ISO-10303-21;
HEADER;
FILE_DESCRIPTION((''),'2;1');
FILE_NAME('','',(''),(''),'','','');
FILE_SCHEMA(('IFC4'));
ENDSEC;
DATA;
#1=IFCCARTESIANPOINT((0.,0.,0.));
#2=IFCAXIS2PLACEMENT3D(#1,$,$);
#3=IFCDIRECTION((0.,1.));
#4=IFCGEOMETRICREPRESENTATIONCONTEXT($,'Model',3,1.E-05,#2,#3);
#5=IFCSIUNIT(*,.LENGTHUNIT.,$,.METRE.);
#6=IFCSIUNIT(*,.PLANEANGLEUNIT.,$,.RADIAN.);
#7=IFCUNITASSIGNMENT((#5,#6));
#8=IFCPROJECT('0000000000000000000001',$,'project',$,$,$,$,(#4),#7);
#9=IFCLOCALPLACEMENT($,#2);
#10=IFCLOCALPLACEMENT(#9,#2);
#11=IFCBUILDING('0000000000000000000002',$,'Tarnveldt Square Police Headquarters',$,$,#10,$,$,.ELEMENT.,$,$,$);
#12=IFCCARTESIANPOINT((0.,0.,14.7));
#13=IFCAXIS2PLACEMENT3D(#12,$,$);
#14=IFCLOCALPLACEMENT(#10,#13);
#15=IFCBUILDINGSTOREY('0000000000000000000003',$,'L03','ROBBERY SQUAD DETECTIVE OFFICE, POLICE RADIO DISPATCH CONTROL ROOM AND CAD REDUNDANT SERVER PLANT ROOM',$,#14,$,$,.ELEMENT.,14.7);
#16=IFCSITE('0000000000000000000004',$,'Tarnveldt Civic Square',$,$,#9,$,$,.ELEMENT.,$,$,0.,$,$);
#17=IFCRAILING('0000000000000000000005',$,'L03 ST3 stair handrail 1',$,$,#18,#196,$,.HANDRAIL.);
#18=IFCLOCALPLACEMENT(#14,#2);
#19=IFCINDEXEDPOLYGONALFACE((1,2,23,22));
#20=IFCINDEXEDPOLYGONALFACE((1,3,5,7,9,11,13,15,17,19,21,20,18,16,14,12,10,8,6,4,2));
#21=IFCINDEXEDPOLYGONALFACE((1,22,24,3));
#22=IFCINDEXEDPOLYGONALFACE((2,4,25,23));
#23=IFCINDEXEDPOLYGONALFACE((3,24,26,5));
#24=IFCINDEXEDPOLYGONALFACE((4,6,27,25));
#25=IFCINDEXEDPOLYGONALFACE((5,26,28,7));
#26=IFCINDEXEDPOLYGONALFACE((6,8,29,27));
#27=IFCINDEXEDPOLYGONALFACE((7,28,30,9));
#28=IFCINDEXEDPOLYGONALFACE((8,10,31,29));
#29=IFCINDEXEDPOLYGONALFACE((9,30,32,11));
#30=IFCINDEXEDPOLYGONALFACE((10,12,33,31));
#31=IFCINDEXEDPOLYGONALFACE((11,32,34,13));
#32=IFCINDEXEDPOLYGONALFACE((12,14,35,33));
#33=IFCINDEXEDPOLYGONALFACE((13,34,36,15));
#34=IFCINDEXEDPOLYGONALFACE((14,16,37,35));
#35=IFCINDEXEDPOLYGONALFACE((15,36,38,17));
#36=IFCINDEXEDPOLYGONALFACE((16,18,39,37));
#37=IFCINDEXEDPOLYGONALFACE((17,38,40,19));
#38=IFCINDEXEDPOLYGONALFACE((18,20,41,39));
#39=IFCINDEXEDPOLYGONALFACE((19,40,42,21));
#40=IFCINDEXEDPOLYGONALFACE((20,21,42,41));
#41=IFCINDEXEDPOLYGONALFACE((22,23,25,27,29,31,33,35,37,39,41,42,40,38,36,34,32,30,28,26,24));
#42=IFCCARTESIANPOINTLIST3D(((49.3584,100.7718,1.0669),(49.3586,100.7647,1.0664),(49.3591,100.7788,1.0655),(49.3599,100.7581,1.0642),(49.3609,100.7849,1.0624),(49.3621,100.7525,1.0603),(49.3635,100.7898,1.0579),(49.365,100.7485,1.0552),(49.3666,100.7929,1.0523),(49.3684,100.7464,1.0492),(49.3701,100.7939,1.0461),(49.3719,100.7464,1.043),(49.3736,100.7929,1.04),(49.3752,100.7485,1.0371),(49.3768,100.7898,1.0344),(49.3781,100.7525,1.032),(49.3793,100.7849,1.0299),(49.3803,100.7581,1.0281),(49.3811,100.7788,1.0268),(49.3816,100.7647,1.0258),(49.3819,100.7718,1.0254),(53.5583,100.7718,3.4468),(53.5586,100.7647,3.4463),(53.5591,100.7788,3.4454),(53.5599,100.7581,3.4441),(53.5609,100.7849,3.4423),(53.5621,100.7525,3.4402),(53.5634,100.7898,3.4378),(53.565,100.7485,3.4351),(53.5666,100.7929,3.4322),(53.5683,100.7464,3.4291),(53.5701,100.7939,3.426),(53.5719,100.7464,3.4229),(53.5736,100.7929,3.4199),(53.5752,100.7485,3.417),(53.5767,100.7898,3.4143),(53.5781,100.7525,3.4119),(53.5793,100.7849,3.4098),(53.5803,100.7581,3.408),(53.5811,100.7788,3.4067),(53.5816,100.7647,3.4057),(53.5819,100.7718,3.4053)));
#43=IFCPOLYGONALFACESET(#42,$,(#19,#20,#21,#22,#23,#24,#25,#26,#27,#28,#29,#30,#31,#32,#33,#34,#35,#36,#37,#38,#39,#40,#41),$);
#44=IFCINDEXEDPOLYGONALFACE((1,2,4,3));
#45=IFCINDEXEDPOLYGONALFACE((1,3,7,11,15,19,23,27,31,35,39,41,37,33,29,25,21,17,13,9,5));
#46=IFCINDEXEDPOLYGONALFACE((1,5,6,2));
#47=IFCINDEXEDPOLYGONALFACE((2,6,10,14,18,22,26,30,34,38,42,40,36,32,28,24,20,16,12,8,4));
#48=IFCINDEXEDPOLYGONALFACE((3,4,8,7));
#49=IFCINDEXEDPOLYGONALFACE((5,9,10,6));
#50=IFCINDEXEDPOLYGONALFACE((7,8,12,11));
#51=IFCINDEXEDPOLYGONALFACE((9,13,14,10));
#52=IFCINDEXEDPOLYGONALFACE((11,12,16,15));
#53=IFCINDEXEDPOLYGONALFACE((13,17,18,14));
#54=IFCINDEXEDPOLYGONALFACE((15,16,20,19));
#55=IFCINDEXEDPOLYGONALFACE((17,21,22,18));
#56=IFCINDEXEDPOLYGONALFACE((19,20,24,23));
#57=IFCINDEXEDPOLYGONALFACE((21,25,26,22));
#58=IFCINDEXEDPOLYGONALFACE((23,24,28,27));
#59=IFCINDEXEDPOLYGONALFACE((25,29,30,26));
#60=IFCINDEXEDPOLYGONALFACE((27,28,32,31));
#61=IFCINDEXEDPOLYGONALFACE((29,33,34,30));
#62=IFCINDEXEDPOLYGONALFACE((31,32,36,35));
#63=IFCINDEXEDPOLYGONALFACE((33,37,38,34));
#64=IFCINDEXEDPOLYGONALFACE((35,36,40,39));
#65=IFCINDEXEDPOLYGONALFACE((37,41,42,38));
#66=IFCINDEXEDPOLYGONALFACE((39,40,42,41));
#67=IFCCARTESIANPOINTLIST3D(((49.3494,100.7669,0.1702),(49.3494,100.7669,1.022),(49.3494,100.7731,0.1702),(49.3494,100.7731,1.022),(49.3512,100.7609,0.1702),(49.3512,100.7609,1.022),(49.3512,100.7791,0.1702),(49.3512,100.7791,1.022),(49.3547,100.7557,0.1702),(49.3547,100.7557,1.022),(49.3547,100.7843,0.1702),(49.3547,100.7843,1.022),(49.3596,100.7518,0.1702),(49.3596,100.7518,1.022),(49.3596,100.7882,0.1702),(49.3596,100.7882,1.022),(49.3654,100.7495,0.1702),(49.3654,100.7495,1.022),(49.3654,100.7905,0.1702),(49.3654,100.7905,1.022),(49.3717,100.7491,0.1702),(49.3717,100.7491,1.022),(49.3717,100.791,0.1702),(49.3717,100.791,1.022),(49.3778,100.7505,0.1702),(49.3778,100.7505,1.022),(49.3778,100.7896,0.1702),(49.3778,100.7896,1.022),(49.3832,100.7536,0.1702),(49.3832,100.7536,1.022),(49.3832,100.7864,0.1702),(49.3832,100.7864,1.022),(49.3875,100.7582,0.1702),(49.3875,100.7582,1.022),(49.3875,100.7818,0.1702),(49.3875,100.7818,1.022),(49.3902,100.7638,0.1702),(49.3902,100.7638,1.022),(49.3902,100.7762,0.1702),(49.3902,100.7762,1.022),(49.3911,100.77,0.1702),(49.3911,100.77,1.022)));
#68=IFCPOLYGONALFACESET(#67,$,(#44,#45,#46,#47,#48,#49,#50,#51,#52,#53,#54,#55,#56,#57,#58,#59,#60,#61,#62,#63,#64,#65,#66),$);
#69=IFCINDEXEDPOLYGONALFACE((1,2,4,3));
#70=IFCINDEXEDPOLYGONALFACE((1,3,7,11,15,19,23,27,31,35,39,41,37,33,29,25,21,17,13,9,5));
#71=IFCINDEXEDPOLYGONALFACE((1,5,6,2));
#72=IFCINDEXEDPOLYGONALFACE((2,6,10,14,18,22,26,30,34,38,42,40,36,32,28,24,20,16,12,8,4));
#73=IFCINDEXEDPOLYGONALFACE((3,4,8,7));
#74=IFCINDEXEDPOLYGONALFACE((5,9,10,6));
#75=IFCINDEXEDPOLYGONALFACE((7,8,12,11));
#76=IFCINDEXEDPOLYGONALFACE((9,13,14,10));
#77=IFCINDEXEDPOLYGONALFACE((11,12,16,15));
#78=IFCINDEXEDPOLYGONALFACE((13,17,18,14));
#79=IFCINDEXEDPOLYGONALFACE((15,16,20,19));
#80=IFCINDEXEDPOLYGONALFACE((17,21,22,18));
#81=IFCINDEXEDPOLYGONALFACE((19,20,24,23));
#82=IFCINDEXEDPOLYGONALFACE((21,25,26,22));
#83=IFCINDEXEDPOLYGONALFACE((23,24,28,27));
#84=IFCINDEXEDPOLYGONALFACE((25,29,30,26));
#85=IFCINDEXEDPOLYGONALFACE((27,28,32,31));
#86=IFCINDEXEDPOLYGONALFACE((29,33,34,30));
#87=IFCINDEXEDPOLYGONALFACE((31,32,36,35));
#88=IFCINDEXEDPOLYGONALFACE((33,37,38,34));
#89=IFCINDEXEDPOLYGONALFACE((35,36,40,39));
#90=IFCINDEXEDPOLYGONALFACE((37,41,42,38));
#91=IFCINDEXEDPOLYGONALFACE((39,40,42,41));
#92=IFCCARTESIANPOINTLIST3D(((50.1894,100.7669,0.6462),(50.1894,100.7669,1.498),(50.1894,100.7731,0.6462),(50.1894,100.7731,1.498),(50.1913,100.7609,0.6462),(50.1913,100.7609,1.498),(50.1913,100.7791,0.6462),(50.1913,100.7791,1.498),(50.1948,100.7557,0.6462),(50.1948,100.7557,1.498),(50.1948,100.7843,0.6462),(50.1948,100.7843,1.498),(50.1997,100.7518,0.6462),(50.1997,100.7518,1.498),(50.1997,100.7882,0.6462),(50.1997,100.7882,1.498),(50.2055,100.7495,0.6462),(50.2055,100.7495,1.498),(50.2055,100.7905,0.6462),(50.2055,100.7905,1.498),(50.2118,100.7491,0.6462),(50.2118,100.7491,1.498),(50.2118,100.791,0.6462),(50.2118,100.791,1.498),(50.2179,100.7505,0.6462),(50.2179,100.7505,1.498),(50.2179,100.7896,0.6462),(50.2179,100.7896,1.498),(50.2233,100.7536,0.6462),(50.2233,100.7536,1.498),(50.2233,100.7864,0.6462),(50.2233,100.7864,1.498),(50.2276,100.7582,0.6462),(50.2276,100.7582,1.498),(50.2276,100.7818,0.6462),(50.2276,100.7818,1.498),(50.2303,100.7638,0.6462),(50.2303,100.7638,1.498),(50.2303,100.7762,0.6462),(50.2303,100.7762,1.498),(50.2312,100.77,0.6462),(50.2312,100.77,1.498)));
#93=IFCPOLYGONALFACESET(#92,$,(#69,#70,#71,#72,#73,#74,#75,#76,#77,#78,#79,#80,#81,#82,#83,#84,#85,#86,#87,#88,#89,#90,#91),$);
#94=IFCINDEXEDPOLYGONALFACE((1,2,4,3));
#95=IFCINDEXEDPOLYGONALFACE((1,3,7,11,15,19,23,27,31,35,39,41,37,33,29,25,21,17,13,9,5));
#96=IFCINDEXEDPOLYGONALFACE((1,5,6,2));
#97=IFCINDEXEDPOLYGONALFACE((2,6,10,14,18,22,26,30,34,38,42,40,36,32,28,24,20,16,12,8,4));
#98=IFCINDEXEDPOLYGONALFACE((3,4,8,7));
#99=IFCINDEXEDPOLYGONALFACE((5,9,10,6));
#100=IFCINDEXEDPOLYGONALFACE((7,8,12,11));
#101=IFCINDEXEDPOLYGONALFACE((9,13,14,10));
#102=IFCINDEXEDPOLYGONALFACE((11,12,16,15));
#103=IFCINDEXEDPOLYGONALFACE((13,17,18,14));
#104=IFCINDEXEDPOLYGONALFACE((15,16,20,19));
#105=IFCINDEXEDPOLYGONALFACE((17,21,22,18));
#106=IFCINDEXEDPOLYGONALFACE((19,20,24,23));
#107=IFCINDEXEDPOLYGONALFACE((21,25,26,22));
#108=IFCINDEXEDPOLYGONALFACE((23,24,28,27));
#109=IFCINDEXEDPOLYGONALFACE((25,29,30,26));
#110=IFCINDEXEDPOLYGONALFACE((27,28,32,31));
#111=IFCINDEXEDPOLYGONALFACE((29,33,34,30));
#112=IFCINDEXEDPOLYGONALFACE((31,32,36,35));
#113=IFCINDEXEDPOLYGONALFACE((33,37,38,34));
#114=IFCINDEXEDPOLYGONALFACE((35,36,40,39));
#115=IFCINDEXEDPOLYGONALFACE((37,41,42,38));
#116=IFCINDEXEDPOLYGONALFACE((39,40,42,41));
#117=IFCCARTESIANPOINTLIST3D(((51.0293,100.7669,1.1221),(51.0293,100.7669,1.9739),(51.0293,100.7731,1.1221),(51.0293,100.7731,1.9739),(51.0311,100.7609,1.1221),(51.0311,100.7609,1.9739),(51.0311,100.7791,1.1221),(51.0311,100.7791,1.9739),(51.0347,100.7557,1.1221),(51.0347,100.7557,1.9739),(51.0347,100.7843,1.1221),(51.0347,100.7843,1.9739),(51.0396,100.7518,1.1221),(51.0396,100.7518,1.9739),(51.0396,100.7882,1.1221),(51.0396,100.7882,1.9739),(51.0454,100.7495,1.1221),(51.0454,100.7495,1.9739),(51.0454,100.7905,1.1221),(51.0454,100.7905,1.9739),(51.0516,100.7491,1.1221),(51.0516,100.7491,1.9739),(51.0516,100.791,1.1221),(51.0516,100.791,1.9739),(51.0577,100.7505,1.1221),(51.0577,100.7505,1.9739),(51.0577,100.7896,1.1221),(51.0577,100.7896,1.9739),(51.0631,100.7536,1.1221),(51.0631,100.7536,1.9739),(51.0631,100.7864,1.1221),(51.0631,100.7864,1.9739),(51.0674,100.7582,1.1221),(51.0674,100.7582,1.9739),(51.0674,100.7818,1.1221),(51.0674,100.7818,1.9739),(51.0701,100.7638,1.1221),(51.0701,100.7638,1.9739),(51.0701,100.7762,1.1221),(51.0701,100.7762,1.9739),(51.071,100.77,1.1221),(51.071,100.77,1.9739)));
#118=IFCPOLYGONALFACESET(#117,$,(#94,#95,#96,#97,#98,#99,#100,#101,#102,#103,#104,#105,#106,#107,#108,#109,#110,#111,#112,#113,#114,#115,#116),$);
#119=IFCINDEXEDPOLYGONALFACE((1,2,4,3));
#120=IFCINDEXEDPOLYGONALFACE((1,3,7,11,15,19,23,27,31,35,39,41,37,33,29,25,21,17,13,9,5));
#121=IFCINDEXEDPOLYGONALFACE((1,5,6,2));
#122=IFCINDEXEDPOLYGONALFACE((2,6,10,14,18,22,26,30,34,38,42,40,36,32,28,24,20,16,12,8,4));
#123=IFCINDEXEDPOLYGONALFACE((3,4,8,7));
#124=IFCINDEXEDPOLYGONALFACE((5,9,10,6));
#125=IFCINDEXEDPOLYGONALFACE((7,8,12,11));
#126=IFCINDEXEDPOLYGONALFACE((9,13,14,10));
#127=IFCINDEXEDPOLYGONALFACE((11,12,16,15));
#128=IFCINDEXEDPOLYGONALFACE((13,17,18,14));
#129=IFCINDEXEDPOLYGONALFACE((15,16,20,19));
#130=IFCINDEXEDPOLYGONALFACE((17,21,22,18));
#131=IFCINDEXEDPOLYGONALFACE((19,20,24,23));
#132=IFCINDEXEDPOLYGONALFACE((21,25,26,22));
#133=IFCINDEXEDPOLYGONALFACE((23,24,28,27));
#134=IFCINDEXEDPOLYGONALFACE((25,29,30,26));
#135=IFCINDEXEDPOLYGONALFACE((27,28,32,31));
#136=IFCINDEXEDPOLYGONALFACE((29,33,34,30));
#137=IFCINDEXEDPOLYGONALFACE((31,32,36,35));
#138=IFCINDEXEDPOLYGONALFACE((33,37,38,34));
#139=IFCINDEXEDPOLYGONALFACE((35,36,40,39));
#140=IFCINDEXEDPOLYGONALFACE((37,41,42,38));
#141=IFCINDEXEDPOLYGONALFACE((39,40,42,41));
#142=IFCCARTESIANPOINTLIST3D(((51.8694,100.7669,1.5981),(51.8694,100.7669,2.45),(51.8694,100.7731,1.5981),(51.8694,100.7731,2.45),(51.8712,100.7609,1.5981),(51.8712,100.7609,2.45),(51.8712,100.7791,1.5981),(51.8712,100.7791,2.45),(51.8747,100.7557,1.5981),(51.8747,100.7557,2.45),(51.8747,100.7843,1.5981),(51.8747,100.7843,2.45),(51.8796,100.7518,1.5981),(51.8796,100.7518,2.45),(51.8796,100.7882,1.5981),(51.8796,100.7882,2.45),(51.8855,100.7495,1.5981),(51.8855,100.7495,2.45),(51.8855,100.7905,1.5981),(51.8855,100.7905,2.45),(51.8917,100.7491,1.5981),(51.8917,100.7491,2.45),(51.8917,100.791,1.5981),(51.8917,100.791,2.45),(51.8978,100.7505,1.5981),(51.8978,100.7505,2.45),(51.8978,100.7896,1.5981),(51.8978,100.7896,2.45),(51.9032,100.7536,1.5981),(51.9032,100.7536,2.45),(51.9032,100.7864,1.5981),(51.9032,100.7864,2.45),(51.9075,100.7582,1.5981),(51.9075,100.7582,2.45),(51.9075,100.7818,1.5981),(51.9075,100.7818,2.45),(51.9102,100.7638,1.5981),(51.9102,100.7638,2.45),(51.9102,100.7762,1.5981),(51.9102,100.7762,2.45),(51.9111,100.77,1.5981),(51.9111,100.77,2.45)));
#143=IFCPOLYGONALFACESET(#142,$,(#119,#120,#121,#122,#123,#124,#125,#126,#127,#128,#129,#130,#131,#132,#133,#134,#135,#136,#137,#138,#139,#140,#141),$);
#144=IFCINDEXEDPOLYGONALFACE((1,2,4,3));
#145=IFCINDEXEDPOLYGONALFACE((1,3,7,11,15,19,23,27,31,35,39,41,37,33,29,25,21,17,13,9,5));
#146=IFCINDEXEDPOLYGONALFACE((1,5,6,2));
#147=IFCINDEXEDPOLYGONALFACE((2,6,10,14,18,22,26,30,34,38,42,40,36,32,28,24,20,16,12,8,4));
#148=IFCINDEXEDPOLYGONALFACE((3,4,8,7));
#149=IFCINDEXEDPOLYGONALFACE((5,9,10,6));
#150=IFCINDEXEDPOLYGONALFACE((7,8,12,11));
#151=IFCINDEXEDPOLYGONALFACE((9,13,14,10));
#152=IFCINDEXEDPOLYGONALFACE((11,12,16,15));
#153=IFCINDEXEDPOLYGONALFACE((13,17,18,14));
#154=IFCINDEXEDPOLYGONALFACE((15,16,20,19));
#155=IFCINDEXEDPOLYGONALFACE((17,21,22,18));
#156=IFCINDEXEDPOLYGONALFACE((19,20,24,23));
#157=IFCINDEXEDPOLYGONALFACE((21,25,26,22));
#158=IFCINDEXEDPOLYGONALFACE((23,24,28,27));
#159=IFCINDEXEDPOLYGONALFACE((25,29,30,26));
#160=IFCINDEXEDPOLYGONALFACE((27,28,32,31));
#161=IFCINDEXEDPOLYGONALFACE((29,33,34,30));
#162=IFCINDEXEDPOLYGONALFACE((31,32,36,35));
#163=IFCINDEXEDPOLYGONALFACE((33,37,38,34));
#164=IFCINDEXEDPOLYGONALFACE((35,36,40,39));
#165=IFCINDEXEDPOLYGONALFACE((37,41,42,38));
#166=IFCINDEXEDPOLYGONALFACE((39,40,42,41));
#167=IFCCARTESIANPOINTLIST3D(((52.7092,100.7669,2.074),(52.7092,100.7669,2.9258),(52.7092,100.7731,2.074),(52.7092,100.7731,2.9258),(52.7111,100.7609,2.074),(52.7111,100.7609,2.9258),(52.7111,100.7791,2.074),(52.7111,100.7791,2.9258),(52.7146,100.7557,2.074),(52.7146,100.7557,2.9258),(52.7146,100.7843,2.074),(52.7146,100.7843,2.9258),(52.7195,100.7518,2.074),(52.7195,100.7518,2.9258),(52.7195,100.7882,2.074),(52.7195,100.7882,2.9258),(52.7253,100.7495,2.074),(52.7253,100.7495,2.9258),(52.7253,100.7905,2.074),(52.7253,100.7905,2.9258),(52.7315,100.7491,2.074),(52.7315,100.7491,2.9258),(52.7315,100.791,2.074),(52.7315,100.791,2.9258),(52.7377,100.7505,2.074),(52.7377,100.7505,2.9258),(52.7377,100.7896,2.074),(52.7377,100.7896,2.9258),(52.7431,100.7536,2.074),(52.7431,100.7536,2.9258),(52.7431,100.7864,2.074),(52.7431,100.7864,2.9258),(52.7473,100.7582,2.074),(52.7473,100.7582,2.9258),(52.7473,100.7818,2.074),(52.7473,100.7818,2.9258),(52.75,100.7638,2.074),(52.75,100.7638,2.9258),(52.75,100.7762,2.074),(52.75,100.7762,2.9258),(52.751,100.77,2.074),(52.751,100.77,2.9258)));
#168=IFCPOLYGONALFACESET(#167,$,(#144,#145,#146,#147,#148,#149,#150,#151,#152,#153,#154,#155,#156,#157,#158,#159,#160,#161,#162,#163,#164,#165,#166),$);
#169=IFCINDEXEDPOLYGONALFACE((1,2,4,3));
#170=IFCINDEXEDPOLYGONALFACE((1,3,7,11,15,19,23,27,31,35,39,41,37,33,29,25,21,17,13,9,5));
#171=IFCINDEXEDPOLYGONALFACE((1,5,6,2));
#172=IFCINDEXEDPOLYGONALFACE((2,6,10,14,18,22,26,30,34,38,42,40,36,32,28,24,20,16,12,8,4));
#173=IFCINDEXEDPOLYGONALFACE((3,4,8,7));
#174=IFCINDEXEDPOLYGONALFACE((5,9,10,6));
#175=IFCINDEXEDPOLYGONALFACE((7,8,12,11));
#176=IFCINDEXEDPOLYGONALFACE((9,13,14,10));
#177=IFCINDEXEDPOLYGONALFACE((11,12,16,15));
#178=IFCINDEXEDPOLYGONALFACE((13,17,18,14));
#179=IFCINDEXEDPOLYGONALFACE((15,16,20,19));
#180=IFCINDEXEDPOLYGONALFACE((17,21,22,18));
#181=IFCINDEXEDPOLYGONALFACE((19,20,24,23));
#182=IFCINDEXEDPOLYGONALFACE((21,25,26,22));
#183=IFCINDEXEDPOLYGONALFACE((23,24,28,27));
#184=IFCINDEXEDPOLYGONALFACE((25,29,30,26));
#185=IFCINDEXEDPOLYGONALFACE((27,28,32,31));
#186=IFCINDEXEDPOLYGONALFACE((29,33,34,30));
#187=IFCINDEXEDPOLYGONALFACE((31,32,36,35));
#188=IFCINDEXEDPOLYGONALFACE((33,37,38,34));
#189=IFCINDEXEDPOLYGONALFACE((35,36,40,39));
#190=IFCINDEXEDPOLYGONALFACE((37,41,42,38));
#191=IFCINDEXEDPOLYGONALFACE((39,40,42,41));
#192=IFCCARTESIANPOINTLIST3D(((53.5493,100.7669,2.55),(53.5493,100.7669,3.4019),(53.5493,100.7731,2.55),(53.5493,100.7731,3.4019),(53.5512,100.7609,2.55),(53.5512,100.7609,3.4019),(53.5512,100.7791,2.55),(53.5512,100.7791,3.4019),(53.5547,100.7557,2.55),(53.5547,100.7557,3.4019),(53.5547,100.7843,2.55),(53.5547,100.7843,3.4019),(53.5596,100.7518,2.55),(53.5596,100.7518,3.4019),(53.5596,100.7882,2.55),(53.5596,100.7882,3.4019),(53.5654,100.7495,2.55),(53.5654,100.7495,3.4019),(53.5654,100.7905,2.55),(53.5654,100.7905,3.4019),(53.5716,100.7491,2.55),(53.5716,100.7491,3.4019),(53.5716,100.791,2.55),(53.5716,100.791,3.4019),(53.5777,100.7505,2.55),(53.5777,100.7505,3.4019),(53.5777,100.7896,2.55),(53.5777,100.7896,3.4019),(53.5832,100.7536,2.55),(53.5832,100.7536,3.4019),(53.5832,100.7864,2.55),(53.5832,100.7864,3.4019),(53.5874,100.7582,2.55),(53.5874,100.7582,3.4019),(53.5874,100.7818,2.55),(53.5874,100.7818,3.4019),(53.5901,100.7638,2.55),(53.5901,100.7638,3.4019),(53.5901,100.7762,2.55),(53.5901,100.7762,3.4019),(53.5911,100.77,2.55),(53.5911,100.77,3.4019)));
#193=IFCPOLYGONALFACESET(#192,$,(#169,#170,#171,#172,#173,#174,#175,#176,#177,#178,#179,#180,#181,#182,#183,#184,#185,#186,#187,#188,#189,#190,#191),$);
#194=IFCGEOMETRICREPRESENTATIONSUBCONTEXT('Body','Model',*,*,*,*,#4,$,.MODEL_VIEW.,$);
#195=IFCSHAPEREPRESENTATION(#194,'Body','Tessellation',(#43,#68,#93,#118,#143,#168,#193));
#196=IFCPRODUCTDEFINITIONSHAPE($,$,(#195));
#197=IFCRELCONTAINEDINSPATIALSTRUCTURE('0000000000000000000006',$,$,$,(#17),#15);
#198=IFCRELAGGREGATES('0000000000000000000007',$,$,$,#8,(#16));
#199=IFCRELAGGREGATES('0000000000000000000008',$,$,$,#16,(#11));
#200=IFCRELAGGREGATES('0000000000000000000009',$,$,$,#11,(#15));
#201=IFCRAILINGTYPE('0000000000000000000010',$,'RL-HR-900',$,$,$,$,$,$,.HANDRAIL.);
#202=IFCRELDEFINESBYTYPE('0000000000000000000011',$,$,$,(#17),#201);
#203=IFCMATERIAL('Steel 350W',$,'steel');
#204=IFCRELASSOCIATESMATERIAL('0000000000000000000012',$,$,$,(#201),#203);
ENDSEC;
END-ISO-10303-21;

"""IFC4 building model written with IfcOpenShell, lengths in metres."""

from ifc_helpers import new_model, si_unit, direction, frame, origin, origin_2d, place, context, subcontext, project, spatial, circle, extrude, material, type_object, element, save


model = new_model("IFC4")

# Units and contexts
model_context = context("Model", 3, precision=1e-05, world=origin(), true_north=direction((0.0, 1.0)))
body_context = subcontext(model_context, "Body", "Model", "MODEL_VIEW")
ifc_project = project(units=[si_unit("LENGTHUNIT", "METRE"), si_unit("PLANEANGLEUNIT", "RADIAN")], contexts=[model_context])

# Site, building, storey
site_placement = place(None, origin())
site = spatial("IfcSite", under=ifc_project, at=site_placement, Name="Tarnveldt Civic Square", CompositionType="ELEMENT", RefElevation=0.0)
building_placement = place(site_placement, origin())
building = spatial("IfcBuilding", under=site, at=building_placement, Name="Tarnveldt Square Police Headquarters", CompositionType="ELEMENT")
storey_placement = place(building_placement, frame((0.0, 0.0, 14.7)))
storey = spatial("IfcBuildingStorey", under=building, at=storey_placement, Name="L03", Description="ROBBERY SQUAD DETECTIVE OFFICE, POLICE RADIO DISPATCH CONTROL ROOM AND CAD REDUNDANT SERVER PLANT ROOM", CompositionType="ELEMENT", Elevation=14.7)

# Shared definitions
ifc_material_1 = material(Name="Steel 350W", Category="steel")

# Railing
railing_type_1 = type_object("IfcRailingType", Name="RL-HR-900", PredefinedType="HANDRAIL", material=ifc_material_1)
railing_1_placement = place(storey_placement, frame((49.3701, 100.77, 0.1702)))
element("IfcRailing", 1, at=railing_1_placement, inside=storey, type_object=railing_type_1, Name="L03 ST3 stair handrail 1", PredefinedType="HANDRAIL", context=body_context, shape_type="SweptSolid", body=[
    extrude(circle(Radius=0.0239, at=origin_2d()), frame((0.0, 0.0, 0.876), z_axis=(0.87003, 0.0, 0.492999), x_axis=(0.0, 1.0, 0.0)), (0.0, 0.0, 1.0), 4.8274),
    extrude(circle(Radius=0.021, at=origin_2d()), origin(), (0.0, 0.0, 1.0), 0.8518),
    extrude(circle(Radius=0.021, at=origin_2d()), frame((0.8401, 0.0, 0.4761)), (0.0, 0.0, 1.0), 0.8518),
    extrude(circle(Radius=0.021, at=origin_2d()), frame((1.6799, 0.0, 0.9519)), (0.0, 0.0, 1.0), 0.8518),
    extrude(circle(Radius=0.021, at=origin_2d()), frame((2.52, 0.0, 1.428)), (0.0, 0.0, 1.0), 0.8518),
    extrude(circle(Radius=0.021, at=origin_2d()), frame((3.3599, 0.0, 1.9038)), (0.0, 0.0, 1.0), 0.8518),
    extrude(circle(Radius=0.021, at=origin_2d()), frame((4.2, 0.0, 2.3799)), (0.0, 0.0, 1.0), 0.8518),
])

save(model, "model.ifc")
